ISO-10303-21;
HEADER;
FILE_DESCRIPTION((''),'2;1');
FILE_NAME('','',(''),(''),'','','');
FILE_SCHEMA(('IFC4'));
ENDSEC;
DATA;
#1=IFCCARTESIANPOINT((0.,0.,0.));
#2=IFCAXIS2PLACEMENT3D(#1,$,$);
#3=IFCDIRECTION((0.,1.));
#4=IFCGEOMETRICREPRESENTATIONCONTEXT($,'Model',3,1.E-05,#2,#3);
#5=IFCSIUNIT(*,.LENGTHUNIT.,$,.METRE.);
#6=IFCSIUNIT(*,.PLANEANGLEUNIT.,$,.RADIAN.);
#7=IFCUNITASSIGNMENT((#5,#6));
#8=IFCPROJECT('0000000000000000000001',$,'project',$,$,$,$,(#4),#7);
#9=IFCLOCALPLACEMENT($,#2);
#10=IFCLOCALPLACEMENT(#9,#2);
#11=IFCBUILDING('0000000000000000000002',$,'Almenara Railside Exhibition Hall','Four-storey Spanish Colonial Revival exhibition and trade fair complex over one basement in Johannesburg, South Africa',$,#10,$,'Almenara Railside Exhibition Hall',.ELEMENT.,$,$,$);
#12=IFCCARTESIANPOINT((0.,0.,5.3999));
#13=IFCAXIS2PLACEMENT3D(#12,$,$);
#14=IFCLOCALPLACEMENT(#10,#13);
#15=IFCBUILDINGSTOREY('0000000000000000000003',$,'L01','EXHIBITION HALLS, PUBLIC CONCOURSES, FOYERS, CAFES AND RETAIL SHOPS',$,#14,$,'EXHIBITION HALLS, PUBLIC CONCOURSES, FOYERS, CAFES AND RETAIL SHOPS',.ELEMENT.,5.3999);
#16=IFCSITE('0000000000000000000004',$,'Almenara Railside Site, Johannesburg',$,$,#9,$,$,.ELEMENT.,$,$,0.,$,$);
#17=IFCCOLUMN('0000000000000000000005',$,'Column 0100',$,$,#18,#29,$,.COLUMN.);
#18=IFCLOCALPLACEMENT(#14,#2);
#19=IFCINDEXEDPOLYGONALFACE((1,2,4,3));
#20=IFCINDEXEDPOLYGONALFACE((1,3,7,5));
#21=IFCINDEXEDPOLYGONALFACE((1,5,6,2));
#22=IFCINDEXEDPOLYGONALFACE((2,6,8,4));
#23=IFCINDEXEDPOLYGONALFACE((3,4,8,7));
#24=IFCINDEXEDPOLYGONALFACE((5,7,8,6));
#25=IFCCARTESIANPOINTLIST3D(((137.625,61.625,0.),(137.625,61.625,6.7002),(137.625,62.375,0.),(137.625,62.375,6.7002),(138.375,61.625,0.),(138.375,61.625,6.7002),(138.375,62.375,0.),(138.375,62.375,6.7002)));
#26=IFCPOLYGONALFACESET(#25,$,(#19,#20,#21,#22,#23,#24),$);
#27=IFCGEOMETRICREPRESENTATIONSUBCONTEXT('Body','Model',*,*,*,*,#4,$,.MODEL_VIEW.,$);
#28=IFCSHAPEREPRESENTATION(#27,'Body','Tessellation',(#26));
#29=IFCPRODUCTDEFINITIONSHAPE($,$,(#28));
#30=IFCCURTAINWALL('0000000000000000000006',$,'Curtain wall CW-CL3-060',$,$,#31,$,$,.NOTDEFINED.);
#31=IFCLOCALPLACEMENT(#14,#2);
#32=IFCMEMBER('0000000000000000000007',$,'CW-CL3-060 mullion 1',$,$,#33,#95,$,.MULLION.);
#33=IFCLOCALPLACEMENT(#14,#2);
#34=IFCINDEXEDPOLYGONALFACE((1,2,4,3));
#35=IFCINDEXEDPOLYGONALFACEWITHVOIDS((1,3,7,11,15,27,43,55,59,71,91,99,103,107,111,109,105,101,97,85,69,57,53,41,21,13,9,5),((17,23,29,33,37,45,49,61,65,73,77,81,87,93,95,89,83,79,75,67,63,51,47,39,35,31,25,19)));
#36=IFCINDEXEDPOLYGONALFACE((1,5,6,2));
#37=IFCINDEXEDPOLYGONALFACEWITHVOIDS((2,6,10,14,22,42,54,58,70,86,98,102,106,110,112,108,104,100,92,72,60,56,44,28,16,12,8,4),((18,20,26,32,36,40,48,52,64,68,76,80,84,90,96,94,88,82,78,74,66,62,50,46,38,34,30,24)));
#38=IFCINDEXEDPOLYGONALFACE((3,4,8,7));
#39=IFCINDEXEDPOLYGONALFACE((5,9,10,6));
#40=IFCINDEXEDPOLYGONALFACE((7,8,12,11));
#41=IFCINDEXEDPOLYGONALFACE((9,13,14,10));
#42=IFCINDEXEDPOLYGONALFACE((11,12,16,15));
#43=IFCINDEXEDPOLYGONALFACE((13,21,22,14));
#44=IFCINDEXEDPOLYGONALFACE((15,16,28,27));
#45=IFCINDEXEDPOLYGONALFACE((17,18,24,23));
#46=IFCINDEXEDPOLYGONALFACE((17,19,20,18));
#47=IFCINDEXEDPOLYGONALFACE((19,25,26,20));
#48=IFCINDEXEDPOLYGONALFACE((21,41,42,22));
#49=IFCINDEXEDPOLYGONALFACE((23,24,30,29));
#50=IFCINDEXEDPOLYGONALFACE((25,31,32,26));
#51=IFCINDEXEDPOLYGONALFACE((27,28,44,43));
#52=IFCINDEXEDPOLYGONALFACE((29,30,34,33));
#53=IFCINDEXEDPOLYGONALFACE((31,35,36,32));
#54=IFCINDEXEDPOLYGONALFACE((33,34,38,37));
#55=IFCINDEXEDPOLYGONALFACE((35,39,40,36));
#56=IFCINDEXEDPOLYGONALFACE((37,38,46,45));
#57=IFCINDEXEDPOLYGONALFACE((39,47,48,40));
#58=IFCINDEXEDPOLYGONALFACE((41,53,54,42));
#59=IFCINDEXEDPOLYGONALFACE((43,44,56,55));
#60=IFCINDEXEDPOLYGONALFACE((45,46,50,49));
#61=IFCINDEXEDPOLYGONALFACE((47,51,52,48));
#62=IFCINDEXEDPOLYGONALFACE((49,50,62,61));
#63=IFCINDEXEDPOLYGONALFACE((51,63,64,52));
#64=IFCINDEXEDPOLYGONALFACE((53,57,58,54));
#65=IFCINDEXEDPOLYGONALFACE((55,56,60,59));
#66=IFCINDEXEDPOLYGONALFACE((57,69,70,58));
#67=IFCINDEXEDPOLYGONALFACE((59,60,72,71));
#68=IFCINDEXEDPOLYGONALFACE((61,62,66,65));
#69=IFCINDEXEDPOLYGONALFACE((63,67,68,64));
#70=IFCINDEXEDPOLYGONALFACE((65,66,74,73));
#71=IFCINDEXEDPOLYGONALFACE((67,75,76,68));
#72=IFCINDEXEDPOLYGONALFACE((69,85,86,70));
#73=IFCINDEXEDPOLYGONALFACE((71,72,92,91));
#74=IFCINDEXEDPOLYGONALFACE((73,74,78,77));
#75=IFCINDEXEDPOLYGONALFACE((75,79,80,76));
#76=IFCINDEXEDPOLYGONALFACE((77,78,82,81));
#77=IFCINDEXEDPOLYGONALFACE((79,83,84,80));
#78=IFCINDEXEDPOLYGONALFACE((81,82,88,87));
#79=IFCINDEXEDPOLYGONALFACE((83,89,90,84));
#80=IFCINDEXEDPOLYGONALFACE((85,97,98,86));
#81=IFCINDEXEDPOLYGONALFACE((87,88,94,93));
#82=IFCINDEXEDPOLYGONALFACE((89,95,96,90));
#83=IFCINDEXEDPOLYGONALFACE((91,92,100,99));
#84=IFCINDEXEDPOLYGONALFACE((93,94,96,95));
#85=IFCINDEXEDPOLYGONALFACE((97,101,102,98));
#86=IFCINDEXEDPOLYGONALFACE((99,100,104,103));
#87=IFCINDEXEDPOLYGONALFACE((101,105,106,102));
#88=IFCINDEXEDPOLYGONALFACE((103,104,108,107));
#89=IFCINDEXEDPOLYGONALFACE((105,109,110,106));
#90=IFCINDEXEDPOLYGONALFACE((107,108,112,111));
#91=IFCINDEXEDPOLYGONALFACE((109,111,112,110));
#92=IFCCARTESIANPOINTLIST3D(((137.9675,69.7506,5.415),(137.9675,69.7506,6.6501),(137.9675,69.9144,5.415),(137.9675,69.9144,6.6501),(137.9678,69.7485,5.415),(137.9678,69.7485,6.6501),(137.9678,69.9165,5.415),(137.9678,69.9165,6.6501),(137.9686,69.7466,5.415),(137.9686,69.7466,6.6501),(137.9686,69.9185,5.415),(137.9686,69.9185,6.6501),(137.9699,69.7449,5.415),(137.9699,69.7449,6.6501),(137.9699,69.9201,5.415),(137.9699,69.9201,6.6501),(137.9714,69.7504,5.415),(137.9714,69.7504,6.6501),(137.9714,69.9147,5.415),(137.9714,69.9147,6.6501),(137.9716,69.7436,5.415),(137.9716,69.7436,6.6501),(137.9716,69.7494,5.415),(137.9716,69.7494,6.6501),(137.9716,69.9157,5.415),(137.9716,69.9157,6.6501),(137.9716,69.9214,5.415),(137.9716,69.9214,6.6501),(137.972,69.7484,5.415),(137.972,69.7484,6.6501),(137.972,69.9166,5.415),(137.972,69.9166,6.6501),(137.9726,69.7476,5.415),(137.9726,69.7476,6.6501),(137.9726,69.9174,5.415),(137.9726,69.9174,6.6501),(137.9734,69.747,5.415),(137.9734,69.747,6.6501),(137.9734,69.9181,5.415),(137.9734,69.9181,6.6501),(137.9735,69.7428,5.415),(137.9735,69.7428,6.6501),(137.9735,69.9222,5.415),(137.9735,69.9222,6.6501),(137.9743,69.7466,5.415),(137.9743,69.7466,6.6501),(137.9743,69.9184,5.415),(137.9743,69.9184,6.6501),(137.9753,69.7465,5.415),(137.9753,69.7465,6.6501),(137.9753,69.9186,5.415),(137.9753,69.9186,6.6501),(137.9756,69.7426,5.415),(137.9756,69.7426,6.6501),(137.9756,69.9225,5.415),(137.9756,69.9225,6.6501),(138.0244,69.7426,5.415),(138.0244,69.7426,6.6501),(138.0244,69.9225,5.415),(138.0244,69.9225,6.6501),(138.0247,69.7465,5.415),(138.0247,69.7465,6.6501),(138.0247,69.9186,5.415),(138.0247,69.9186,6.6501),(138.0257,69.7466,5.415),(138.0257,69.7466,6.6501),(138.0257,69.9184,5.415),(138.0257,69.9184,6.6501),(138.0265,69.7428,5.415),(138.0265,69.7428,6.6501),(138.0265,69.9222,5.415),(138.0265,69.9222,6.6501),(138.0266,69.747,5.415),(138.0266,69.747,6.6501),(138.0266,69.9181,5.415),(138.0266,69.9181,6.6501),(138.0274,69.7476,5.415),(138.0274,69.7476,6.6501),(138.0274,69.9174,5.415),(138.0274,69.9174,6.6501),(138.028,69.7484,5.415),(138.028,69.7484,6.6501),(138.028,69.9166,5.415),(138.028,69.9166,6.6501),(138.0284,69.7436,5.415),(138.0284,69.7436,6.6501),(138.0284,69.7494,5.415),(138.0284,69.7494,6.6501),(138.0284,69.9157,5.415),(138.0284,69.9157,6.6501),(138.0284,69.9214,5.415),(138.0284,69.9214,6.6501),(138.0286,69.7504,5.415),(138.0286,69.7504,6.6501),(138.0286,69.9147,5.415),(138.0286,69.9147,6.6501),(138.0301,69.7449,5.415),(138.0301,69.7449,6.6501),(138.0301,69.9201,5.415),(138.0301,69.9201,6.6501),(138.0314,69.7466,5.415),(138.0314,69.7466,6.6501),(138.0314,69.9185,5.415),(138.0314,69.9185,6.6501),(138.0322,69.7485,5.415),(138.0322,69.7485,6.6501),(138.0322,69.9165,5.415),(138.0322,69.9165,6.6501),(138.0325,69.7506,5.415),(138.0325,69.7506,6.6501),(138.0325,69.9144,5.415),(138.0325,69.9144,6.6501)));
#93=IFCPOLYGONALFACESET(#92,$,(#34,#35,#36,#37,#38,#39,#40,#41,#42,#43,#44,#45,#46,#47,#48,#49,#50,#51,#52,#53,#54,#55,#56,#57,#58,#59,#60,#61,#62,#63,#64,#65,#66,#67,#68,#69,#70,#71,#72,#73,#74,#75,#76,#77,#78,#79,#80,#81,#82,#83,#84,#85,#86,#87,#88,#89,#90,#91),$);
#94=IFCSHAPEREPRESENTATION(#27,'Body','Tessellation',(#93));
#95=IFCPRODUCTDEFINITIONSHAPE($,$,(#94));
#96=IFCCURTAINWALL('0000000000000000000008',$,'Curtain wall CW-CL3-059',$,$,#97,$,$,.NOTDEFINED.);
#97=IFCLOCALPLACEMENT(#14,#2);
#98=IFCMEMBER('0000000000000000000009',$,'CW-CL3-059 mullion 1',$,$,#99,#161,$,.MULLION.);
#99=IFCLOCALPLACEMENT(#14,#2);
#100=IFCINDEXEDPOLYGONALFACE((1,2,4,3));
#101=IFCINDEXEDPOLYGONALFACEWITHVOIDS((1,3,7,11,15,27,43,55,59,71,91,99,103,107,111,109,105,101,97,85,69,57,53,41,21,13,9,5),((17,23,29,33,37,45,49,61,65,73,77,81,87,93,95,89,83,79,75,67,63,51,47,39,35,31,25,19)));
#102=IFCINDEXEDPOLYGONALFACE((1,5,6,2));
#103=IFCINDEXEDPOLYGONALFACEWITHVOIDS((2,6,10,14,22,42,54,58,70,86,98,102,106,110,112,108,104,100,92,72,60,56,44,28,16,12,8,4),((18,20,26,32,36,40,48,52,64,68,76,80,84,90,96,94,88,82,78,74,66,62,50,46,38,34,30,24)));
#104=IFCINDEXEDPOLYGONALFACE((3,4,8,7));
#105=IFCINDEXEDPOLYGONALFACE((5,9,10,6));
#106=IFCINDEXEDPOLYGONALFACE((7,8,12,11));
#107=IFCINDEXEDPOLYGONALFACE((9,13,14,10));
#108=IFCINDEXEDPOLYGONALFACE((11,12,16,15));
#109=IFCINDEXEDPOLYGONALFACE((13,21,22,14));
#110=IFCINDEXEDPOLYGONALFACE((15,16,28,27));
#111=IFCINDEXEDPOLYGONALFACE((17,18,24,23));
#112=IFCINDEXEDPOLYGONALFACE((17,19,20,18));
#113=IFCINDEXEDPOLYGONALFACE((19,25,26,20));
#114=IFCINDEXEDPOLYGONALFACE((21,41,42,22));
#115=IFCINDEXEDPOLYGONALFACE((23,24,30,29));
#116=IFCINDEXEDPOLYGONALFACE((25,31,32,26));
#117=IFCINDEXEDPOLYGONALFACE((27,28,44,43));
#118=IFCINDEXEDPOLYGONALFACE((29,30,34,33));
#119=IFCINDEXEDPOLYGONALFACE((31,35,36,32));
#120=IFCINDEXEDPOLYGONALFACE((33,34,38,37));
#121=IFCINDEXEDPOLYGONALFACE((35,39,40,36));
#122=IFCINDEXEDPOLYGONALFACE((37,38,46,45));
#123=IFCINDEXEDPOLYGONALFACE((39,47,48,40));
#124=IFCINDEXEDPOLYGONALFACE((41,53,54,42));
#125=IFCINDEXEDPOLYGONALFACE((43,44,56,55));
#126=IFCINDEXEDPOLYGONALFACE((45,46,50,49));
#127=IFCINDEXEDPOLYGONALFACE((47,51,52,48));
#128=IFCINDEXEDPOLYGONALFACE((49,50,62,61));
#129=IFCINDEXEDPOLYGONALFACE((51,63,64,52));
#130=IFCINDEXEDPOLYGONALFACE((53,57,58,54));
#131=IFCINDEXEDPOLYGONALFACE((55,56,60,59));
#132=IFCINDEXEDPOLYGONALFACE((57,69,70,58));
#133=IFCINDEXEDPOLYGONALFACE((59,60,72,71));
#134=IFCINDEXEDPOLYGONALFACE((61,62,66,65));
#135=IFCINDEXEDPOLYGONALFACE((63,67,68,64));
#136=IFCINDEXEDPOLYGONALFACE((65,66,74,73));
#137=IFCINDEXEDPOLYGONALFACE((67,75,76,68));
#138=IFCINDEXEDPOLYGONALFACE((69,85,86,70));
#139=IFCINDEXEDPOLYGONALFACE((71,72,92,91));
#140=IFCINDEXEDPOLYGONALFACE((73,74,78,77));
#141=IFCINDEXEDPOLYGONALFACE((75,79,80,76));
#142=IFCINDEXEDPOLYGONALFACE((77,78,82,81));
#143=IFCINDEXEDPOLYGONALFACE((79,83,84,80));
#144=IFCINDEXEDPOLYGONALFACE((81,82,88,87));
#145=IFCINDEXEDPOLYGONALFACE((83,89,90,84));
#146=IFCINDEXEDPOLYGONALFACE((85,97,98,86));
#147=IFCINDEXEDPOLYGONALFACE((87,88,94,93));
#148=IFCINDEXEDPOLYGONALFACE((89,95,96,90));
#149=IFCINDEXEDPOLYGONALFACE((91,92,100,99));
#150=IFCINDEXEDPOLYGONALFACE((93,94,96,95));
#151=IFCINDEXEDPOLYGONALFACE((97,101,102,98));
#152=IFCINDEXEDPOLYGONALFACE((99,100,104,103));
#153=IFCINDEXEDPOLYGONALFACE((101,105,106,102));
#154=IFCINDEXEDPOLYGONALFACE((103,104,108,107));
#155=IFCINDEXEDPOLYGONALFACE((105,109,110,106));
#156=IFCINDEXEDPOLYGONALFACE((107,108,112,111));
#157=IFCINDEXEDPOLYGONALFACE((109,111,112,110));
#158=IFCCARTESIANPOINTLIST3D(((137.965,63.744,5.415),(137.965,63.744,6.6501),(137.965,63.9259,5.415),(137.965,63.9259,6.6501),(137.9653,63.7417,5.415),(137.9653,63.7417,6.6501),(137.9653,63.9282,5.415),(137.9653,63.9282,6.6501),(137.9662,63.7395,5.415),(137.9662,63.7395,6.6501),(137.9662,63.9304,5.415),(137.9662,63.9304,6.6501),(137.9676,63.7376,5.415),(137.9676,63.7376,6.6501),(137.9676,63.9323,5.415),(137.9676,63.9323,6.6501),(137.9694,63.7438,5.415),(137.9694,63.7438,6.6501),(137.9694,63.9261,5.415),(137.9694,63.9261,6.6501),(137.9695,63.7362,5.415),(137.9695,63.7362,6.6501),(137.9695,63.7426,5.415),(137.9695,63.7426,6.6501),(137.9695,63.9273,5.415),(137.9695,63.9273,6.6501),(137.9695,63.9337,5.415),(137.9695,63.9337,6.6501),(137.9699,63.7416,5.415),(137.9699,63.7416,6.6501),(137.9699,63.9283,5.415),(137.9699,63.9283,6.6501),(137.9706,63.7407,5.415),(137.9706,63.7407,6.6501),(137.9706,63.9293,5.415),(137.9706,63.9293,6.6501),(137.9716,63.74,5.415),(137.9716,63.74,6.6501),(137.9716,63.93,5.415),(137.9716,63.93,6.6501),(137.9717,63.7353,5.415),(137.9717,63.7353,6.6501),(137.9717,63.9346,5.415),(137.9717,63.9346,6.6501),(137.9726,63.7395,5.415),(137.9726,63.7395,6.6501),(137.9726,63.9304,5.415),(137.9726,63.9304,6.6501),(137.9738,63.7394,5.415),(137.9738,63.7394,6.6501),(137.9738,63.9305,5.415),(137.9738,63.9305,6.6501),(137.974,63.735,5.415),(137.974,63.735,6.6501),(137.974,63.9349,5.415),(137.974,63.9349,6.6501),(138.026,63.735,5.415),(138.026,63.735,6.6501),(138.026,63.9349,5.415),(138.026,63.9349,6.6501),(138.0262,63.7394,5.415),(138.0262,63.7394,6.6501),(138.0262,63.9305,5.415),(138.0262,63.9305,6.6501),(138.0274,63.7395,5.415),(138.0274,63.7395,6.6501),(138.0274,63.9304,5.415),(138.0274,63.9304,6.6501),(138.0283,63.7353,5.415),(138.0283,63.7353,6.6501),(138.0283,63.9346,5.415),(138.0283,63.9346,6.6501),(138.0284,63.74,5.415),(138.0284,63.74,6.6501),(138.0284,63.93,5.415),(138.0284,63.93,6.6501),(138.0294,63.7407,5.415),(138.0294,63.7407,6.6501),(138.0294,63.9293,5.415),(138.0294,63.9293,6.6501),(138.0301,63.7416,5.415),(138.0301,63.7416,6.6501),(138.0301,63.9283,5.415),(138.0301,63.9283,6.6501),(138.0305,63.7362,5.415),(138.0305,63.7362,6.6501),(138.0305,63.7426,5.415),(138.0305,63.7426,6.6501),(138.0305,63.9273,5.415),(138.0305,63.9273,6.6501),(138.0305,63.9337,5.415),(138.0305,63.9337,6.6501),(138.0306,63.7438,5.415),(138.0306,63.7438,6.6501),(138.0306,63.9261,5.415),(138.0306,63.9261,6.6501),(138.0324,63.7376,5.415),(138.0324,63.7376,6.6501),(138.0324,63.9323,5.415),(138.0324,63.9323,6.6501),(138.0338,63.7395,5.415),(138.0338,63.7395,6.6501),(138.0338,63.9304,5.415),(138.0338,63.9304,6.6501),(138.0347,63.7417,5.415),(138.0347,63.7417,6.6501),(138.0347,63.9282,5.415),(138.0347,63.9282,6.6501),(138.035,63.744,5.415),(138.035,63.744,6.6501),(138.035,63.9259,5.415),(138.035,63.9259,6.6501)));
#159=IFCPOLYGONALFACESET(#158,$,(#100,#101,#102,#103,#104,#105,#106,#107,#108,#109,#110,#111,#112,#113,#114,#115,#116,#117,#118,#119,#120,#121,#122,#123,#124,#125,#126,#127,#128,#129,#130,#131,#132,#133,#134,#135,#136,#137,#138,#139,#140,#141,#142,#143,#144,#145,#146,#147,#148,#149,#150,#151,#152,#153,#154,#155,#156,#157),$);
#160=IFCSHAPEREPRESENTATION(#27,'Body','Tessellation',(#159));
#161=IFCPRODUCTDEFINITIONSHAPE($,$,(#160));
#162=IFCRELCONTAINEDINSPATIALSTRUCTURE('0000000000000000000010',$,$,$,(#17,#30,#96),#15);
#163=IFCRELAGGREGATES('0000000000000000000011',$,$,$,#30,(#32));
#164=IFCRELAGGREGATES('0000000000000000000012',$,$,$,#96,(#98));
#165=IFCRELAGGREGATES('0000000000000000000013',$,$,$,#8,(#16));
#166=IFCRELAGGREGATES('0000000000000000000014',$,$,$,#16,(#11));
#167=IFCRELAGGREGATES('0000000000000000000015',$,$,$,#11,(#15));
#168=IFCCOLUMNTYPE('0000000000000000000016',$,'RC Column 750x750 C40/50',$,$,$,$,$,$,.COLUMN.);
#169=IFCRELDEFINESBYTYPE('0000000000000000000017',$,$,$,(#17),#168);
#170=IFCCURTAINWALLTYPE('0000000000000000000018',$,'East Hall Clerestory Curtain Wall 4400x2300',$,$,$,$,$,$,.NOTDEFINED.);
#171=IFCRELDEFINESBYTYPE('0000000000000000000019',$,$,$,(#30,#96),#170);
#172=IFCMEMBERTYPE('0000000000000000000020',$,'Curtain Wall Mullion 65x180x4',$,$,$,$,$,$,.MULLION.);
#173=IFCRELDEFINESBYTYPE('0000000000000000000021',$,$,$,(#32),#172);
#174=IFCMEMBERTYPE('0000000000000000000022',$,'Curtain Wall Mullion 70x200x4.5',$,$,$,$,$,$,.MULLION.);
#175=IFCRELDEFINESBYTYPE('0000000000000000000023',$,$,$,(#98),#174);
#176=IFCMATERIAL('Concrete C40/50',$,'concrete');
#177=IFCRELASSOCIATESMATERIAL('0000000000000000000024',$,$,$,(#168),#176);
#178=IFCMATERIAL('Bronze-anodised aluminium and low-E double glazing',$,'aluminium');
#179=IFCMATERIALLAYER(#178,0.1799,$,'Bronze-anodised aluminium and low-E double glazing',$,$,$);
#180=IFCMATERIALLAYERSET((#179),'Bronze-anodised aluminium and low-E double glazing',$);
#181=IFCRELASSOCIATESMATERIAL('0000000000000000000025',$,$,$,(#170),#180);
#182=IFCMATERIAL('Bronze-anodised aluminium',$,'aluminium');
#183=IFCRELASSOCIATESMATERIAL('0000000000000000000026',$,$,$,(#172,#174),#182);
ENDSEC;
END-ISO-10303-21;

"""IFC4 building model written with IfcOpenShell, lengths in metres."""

from ifc_helpers import new_model, si_unit, direction, frame, origin, origin_2d, place, context, subcontext, project, spatial, rectangle, hollow_rectangle, extrude, material, layer, layer_set, material_profile, profile_set, type_object, element, aggregate, save


model = new_model("IFC4")

# Units and contexts
model_context = context("Model", 3, precision=1e-05, world=origin(), true_north=direction((0.0, 1.0)))
body_context = subcontext(model_context, "Body", "Model", "MODEL_VIEW")
ifc_project = project(units=[si_unit("LENGTHUNIT", "METRE"), si_unit("PLANEANGLEUNIT", "RADIAN")], contexts=[model_context])

# Site, building, storey
site_placement = place(None, origin())
site = spatial("IfcSite", under=ifc_project, at=site_placement, Name="Almenara Railside Site, Johannesburg", CompositionType="ELEMENT", RefElevation=0.0)
building_placement = place(site_placement, origin())
building = spatial("IfcBuilding", under=site, at=building_placement, Name="Almenara Railside Exhibition Hall", Description="Four-storey Spanish Colonial Revival exhibition and trade fair complex over one basement in Johannesburg, South Africa", LongName="Almenara Railside Exhibition Hall", CompositionType="ELEMENT")
storey_placement = place(building_placement, frame((0.0, 0.0, 5.3999)))
storey = spatial("IfcBuildingStorey", under=building, at=storey_placement, Name="L01", Description="EXHIBITION HALLS, PUBLIC CONCOURSES, FOYERS, CAFES AND RETAIL SHOPS", LongName="EXHIBITION HALLS, PUBLIC CONCOURSES, FOYERS, CAFES AND RETAIL SHOPS", CompositionType="ELEMENT", Elevation=5.3999)

# Column
ifc_material_1 = material(Name="Concrete C40/50", Category="concrete")
ifc_material_profile_1 = material_profile(ifc_material_1, rectangle(XDim=0.75, YDim=0.75, at=origin_2d()), Name="RC 750x750")
ifc_profile_set_1 = profile_set([ifc_material_profile_1], Name="Concrete C40/50")
column_type = type_object("IfcColumnType", Name="RC Column 750x750 C40/50", PredefinedType="COLUMN", material=ifc_profile_set_1)
column_placement = place(storey_placement, frame((138.0, 62.0, 0.0), z_axis=(0.0, 0.0, 1.0), x_axis=(1.0, 0.0, 0.0)))
element("IfcColumn", 1, at=column_placement, inside=storey, type_object=column_type, Name="Column 0100", PredefinedType="COLUMN", context=body_context, shape_type="SweptSolid", body=[
    extrude(rectangle(XDim=0.75, YDim=0.75, at=origin_2d()), origin(), (0.0, 0.0, 1.0), 6.7002),
])

# Curtain wall, member
ifc_material_2 = material(Name="Bronze-anodised aluminium and low-E double glazing", Category="aluminium")
ifc_layer_1 = layer(ifc_material_2, 0.1799, Name="Bronze-anodised aluminium and low-E double glazing")
ifc_layer_set_1 = layer_set([ifc_layer_1], Name="Bronze-anodised aluminium and low-E double glazing")
curtain_wall_type = type_object("IfcCurtainWallType", Name="East Hall Clerestory Curtain Wall 4400x2300", PredefinedType="NOTDEFINED", material=ifc_layer_set_1)
curtain_wall_1_placement = place(storey_placement, origin())
curtain_wall_1 = element("IfcCurtainWall", 2, at=curtain_wall_1_placement, inside=storey, type_object=curtain_wall_type, Name="Curtain wall CW-CL3-060", PredefinedType="NOTDEFINED")
ifc_material_3 = material(Name="Bronze-anodised aluminium", Category="aluminium")
ifc_material_profile_2 = material_profile(ifc_material_3, hollow_rectangle(XDim=0.0649, YDim=0.1799, WallThickness=0.0039, InnerFilletRadius=0.0039, OuterFilletRadius=0.0081, at=origin_2d()), Name="ALU-MUL 65x180x4")
ifc_profile_set_2 = profile_set([ifc_material_profile_2], Name="Bronze-anodised aluminium")
member_type_1 = type_object("IfcMemberType", Name="Curtain Wall Mullion 65x180x4", PredefinedType="MULLION", material=ifc_profile_set_2)
member_1_placement = place(storey_placement, frame((138.0, 69.8325, 5.415), z_axis=(0.0, 0.0, 1.0), x_axis=(-1.0, 0.0, 0.0)))
member_1 = element("IfcMember", 3, at=member_1_placement, type_object=member_type_1, Name="CW-CL3-060 mullion 1", PredefinedType="MULLION", context=body_context, shape_type="SweptSolid", body=[
    extrude(hollow_rectangle(XDim=0.0649, YDim=0.1799, WallThickness=0.0039, InnerFilletRadius=0.0039, OuterFilletRadius=0.0081, at=origin_2d()), origin(), (0.0, 0.0, 1.0), 1.2351),
])

# Curtain wall, member
curtain_wall_2_placement = place(storey_placement, origin())
curtain_wall_2 = element("IfcCurtainWall", 4, at=curtain_wall_2_placement, inside=storey, type_object=curtain_wall_type, Name="Curtain wall CW-CL3-059", PredefinedType="NOTDEFINED")
ifc_material_profile_3 = material_profile(ifc_material_3, hollow_rectangle(XDim=0.0701, YDim=0.2, WallThickness=0.0044, InnerFilletRadius=0.0044, OuterFilletRadius=0.009, at=origin_2d()), Name="ALU-MUL 70x200x4.5")
ifc_profile_set_3 = profile_set([ifc_material_profile_3], Name="Bronze-anodised aluminium")
member_type_2 = type_object("IfcMemberType", Name="Curtain Wall Mullion 70x200x4.5", PredefinedType="MULLION", material=ifc_profile_set_3)
member_2_placement = place(storey_placement, frame((138.0, 63.835, 5.415), z_axis=(0.0, 0.0, 1.0), x_axis=(-1.0, 0.0, 0.0)))
member_2 = element("IfcMember", 5, at=member_2_placement, type_object=member_type_2, Name="CW-CL3-059 mullion 1", PredefinedType="MULLION", context=body_context, shape_type="SweptSolid", body=[
    extrude(hollow_rectangle(XDim=0.0701, YDim=0.2, WallThickness=0.0044, InnerFilletRadius=0.0044, OuterFilletRadius=0.009, at=origin_2d()), origin(), (0.0, 0.0, 1.0), 1.2351),
])

aggregate(curtain_wall_1, [member_1])

aggregate(curtain_wall_2, [member_2])

save(model, "model.ifc")
